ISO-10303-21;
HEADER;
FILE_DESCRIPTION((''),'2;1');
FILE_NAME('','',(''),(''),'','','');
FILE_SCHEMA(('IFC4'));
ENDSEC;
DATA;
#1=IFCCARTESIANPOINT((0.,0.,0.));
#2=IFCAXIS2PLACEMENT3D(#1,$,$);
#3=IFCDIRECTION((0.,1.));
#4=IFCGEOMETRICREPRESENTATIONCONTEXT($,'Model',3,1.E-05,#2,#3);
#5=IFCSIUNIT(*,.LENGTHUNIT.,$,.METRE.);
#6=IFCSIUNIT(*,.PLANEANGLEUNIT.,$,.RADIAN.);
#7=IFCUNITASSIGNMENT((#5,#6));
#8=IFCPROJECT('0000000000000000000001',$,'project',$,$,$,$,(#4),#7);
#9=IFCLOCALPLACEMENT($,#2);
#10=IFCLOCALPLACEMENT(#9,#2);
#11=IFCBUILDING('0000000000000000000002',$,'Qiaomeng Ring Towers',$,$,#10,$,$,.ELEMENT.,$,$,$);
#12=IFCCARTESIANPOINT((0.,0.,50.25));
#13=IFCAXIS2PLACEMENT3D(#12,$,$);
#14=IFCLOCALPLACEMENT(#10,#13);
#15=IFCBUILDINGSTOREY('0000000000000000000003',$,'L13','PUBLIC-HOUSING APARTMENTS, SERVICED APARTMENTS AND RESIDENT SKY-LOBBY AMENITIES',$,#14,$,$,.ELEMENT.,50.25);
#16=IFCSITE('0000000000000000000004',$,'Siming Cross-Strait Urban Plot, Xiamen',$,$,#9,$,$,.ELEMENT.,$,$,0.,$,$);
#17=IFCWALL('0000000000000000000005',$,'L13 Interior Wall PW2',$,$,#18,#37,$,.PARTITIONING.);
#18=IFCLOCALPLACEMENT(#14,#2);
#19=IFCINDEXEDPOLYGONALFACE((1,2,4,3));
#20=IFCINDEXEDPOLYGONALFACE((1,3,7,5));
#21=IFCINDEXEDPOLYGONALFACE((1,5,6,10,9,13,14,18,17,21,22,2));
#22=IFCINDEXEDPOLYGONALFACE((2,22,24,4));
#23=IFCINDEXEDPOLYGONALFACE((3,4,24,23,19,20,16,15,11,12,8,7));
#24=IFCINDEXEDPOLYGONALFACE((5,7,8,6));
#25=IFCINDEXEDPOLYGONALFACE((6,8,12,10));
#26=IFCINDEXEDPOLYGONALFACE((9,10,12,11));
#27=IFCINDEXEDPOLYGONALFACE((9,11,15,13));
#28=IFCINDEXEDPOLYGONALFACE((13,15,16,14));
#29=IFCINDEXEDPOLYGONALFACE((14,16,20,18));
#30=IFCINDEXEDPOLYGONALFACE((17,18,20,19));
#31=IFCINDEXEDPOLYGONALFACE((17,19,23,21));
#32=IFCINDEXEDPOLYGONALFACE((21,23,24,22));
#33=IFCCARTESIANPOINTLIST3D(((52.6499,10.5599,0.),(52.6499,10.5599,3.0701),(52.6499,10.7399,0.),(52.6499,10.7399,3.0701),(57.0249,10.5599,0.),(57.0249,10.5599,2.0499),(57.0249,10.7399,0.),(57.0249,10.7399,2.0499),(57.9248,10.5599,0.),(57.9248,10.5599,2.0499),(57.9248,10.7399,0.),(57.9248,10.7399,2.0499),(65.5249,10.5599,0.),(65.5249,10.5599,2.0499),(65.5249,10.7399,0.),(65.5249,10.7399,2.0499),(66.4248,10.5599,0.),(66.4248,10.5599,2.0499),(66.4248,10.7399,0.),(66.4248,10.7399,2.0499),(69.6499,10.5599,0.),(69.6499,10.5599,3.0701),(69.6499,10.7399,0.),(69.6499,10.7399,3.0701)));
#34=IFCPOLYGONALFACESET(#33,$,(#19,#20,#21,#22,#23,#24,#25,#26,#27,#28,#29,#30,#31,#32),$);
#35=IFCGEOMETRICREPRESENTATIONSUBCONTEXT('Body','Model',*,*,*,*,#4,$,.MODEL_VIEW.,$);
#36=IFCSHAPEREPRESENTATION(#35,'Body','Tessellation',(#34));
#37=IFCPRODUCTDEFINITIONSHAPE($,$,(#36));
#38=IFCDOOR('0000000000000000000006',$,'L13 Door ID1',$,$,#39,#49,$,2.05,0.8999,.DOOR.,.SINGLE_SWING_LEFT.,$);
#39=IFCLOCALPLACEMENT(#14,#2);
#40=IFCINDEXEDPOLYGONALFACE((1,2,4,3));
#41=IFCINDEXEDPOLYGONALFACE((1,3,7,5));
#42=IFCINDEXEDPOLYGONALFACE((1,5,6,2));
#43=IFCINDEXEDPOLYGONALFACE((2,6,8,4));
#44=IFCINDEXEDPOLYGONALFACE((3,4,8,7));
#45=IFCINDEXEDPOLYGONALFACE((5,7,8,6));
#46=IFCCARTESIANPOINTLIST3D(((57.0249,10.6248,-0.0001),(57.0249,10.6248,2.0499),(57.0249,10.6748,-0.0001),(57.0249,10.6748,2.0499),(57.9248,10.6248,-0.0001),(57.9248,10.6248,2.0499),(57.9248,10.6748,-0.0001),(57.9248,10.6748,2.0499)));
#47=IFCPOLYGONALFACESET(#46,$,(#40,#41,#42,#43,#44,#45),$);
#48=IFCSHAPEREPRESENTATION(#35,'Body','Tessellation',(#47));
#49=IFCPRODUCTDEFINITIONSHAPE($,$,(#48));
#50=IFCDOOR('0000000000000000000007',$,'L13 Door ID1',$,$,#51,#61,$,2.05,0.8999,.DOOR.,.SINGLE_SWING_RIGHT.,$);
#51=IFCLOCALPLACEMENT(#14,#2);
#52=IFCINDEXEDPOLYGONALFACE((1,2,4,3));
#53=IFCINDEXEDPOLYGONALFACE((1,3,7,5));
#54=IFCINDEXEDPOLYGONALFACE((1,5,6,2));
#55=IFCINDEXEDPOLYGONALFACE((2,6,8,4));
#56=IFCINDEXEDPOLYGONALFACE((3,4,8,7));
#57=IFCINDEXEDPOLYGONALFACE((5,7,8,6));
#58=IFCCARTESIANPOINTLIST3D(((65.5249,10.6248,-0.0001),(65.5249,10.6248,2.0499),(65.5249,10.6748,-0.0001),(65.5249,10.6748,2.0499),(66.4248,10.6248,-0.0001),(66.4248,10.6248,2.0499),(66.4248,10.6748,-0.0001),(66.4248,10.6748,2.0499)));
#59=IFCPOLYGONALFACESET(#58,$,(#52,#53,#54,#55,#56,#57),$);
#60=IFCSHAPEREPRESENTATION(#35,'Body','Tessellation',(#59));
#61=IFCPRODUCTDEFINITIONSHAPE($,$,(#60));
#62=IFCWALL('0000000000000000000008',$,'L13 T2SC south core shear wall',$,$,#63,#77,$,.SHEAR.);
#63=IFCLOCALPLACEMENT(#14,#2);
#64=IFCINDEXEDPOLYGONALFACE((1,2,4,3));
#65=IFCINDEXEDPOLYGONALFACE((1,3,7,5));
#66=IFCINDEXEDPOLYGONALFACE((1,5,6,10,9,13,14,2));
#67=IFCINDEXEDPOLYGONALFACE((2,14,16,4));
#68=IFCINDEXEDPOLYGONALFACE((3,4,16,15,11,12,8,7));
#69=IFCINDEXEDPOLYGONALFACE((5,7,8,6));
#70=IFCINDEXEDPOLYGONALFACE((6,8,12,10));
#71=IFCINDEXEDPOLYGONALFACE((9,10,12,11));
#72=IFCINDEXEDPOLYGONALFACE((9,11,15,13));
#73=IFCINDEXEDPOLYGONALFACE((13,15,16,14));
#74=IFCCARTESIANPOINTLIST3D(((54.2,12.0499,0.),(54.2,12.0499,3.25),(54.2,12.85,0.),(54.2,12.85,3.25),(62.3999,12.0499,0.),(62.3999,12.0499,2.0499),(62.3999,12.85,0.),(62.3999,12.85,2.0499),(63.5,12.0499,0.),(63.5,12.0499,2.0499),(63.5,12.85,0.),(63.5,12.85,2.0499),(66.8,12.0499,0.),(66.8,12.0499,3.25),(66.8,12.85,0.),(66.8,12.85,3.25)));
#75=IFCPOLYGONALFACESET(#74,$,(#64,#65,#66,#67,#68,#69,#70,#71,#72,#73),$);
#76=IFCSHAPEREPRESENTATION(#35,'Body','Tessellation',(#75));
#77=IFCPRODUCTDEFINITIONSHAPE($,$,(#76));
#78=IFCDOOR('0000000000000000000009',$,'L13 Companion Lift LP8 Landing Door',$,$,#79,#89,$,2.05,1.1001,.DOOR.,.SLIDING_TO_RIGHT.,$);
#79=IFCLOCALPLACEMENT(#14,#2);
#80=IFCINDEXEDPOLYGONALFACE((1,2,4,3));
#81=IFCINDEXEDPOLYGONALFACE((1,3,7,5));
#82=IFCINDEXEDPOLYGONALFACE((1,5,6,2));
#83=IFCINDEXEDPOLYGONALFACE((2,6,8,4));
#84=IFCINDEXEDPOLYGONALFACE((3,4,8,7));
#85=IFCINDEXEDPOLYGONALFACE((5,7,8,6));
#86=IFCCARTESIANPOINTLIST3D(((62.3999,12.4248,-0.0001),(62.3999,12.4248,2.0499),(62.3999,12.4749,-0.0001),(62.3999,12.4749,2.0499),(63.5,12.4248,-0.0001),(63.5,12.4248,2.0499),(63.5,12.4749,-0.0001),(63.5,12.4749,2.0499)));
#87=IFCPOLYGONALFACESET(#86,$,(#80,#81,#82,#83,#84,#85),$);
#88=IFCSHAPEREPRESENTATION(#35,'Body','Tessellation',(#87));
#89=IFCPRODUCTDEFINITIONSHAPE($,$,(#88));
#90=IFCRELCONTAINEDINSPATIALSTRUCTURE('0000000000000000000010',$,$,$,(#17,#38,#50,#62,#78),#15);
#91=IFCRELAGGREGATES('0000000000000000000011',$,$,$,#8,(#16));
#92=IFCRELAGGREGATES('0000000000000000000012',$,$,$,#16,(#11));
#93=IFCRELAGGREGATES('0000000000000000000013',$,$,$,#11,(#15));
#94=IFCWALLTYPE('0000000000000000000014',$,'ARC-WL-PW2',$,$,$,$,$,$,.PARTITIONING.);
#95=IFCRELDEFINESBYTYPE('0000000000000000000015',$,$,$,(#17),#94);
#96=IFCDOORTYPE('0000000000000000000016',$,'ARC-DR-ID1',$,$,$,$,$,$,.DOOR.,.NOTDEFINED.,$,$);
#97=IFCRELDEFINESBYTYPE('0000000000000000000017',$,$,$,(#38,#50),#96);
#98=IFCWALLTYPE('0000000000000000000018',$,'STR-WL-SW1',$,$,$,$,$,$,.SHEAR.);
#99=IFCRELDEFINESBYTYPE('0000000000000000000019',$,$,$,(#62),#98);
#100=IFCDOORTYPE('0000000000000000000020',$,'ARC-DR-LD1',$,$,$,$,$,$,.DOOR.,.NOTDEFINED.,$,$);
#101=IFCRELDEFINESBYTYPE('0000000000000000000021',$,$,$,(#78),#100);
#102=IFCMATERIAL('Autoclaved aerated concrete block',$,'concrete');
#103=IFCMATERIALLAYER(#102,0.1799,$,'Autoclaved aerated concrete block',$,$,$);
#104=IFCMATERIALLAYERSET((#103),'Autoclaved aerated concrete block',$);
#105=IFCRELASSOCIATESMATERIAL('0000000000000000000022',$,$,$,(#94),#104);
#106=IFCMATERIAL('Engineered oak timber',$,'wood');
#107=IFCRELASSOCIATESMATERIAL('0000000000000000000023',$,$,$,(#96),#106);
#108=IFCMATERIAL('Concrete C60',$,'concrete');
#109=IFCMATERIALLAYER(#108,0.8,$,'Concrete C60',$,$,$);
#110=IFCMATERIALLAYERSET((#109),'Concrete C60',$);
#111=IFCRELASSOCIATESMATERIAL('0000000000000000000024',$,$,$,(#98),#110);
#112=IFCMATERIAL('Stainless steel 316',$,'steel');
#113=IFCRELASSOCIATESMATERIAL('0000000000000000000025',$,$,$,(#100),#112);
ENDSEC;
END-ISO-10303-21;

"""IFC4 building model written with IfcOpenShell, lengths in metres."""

from ifc_helpers import new_model, si_unit, direction, frame, frame_2d, origin, place, context, subcontext, project, spatial, rectangle, extrude, source, transform, mapped, material, layer, layer_set, type_object, element, fill, save


model = new_model("IFC4")

# Units and contexts
model_context = context("Model", 3, precision=1e-05, world=origin(), true_north=direction((0.0, 1.0)))
body_context = subcontext(model_context, "Body", "Model", "MODEL_VIEW")
ifc_project = project(units=[si_unit("LENGTHUNIT", "METRE"), si_unit("PLANEANGLEUNIT", "RADIAN")], contexts=[model_context])

# Site, building, storey
site_placement = place(None, origin())
site = spatial("IfcSite", under=ifc_project, at=site_placement, Name="Siming Cross-Strait Urban Plot, Xiamen", CompositionType="ELEMENT", RefElevation=0.0)
building_placement = place(site_placement, origin())
building = spatial("IfcBuilding", under=site, at=building_placement, Name="Qiaomeng Ring Towers", CompositionType="ELEMENT")
storey_placement = place(building_placement, frame((0.0, 0.0, 50.25)))
storey = spatial("IfcBuildingStorey", under=building, at=storey_placement, Name="L13", Description="PUBLIC-HOUSING APARTMENTS, SERVICED APARTMENTS AND RESIDENT SKY-LOBBY AMENITIES", CompositionType="ELEMENT", Elevation=50.25)

# Shared definitions
ifc_material_1 = material(Name="Concrete C60", Category="concrete")

# Wall, openings, doors
ifc_material_2 = material(Name="Autoclaved aerated concrete block", Category="concrete")
ifc_layer_1 = layer(ifc_material_2, 0.1799, Name="Autoclaved aerated concrete block")
ifc_layer_set_1 = layer_set([ifc_layer_1], Name="Autoclaved aerated concrete block")
wall_type_1 = type_object("IfcWallType", Name="ARC-WL-PW2", PredefinedType="PARTITIONING", material=ifc_layer_set_1)
ifc_material_3 = material(Name="Engineered oak timber", Category="wood")
door_type_1 = type_object("IfcDoorType", Name="ARC-DR-ID1", OperationType="NOTDEFINED", PredefinedType="DOOR", material=ifc_material_3)
shared_shape_1 = source(origin(), body_context, "Body", "SweptSolid", [
    extrude(rectangle(XDim=0.8999, YDim=2.05, at=frame_2d((0.45, 1.0249))), frame((0.0, 0.0249, 0.0), z_axis=(0.0, -1.0, 0.0), x_axis=(1.0, 0.0, 0.0)), (0.0, 0.0, 1.0), 0.05),
])
wall_1_placement = place(storey_placement, frame((52.6499, 10.6499, 0.0), z_axis=(0.0, 0.0, 1.0), x_axis=(1.0, 0.0, 0.0)))
wall_1 = element("IfcWall", 1, at=wall_1_placement, inside=storey, type_object=wall_type_1, Name="L13 Interior Wall PW2", PredefinedType="PARTITIONING", context=body_context, shape_type="SweptSolid", body=[
    extrude(rectangle(XDim=17.0, YDim=0.1799, at=frame_2d((8.5, 0.0))), origin(), (0.0, 0.0, 1.0), 3.0701),
])
opening_1_placement = place(wall_1_placement, frame((4.375, 0.0, 0.0)))
opening_1 = element("IfcOpeningElement", 2, at=opening_1_placement, cuts=wall_1, PredefinedType="OPENING", context=body_context, shape_type="SweptSolid", body=[
    extrude(rectangle(XDim=0.8999, YDim=2.05, at=frame_2d((0.45, 1.0249))), frame((0.0, 0.0999, 0.0), z_axis=(0.0, -1.0, 0.0), x_axis=(1.0, 0.0, 0.0)), (0.0, 0.0, 1.0), 0.2),
])
opening_2_placement = place(wall_1_placement, frame((12.875, 0.0, 0.0)))
opening_2 = element("IfcOpeningElement", 3, at=opening_2_placement, cuts=wall_1, PredefinedType="OPENING", context=body_context, shape_type="SweptSolid", body=[
    extrude(rectangle(XDim=0.8999, YDim=2.05, at=frame_2d((0.45, 1.0249))), frame((0.0, 0.0999, 0.0), z_axis=(0.0, -1.0, 0.0), x_axis=(1.0, 0.0, 0.0)), (0.0, 0.0, 1.0), 0.2),
])
door_1_placement = place(opening_1_placement, origin())
door_1 = element("IfcDoor", 4, at=door_1_placement, inside=storey, type_object=door_type_1, Name="L13 Door ID1", OperationType="SINGLE_SWING_LEFT", OverallHeight=2.05, OverallWidth=0.8999, PredefinedType="DOOR", context=body_context, shape_type="MappedRepresentation", body=[
    mapped(shared_shape_1, transform((0.0, 0.0, 0.0), x_axis=(1.0, 0.0, 0.0), y_axis=(0.0, 1.0, 0.0), z_axis=(0.0, 0.0, 1.0), scale=1.0)),
])
fill(opening_1, door_1)
door_2_placement = place(opening_2_placement, origin())
door_2 = element("IfcDoor", 5, at=door_2_placement, inside=storey, type_object=door_type_1, Name="L13 Door ID1", OperationType="SINGLE_SWING_RIGHT", OverallHeight=2.05, OverallWidth=0.8999, PredefinedType="DOOR", context=body_context, shape_type="MappedRepresentation", body=[
    mapped(shared_shape_1, transform((0.0, 0.0, 0.0), x_axis=(1.0, 0.0, 0.0), y_axis=(0.0, 1.0, 0.0), z_axis=(0.0, 0.0, 1.0), scale=1.0)),
])
fill(opening_2, door_2)

# Wall, opening, door
ifc_layer_2 = layer(ifc_material_1, 0.8, Name="Concrete C60")
ifc_layer_set_2 = layer_set([ifc_layer_2], Name="Concrete C60")
wall_type_2 = type_object("IfcWallType", Name="STR-WL-SW1", PredefinedType="SHEAR", material=ifc_layer_set_2)
wall_2_placement = place(storey_placement, frame((54.2, 12.45, 0.0), z_axis=(0.0, 0.0, 1.0), x_axis=(1.0, 0.0, 0.0)))
wall_2 = element("IfcWall", 6, at=wall_2_placement, inside=storey, type_object=wall_type_2, Name="L13 T2SC south core shear wall", PredefinedType="SHEAR", context=body_context, shape_type="SweptSolid", body=[
    extrude(rectangle(XDim=12.6001, YDim=0.8, at=frame_2d((6.3, 0.0))), origin(), (0.0, 0.0, 1.0), 3.25),
])
opening_3_placement = place(wall_2_placement, frame((8.2, 0.0, 0.0)))
opening_3 = element("IfcOpeningElement", 7, at=opening_3_placement, cuts=wall_2, PredefinedType="OPENING", context=body_context, shape_type="SweptSolid", body=[
    extrude(rectangle(XDim=1.1001, YDim=2.05, at=frame_2d((0.55, 1.0249))), frame((0.0, 0.4099, 0.0), z_axis=(0.0, -1.0, 0.0), x_axis=(1.0, 0.0, 0.0)), (0.0, 0.0, 1.0), 0.8201),
])
ifc_material_4 = material(Name="Stainless steel 316", Category="steel")
door_type_2 = type_object("IfcDoorType", Name="ARC-DR-LD1", OperationType="NOTDEFINED", PredefinedType="DOOR", material=ifc_material_4)
shared_shape_2 = source(origin(), body_context, "Body", "SweptSolid", [
    extrude(rectangle(XDim=1.1001, YDim=2.05, at=frame_2d((0.55, 1.0249))), frame((0.0, 0.0249, 0.0), z_axis=(0.0, -1.0, 0.0), x_axis=(1.0, 0.0, 0.0)), (0.0, 0.0, 1.0), 0.05),
])
door_3_placement = place(opening_3_placement, origin())
door_3 = element("IfcDoor", 8, at=door_3_placement, inside=storey, type_object=door_type_2, Name="L13 Companion Lift LP8 Landing Door", OperationType="SLIDING_TO_RIGHT", OverallHeight=2.05, OverallWidth=1.1001, PredefinedType="DOOR", context=body_context, shape_type="MappedRepresentation", body=[
    mapped(shared_shape_2, transform((0.0, 0.0, 0.0), x_axis=(1.0, 0.0, 0.0), y_axis=(0.0, 1.0, 0.0), z_axis=(0.0, 0.0, 1.0), scale=1.0)),
])
fill(opening_3, door_3)

save(model, "model.ifc")
